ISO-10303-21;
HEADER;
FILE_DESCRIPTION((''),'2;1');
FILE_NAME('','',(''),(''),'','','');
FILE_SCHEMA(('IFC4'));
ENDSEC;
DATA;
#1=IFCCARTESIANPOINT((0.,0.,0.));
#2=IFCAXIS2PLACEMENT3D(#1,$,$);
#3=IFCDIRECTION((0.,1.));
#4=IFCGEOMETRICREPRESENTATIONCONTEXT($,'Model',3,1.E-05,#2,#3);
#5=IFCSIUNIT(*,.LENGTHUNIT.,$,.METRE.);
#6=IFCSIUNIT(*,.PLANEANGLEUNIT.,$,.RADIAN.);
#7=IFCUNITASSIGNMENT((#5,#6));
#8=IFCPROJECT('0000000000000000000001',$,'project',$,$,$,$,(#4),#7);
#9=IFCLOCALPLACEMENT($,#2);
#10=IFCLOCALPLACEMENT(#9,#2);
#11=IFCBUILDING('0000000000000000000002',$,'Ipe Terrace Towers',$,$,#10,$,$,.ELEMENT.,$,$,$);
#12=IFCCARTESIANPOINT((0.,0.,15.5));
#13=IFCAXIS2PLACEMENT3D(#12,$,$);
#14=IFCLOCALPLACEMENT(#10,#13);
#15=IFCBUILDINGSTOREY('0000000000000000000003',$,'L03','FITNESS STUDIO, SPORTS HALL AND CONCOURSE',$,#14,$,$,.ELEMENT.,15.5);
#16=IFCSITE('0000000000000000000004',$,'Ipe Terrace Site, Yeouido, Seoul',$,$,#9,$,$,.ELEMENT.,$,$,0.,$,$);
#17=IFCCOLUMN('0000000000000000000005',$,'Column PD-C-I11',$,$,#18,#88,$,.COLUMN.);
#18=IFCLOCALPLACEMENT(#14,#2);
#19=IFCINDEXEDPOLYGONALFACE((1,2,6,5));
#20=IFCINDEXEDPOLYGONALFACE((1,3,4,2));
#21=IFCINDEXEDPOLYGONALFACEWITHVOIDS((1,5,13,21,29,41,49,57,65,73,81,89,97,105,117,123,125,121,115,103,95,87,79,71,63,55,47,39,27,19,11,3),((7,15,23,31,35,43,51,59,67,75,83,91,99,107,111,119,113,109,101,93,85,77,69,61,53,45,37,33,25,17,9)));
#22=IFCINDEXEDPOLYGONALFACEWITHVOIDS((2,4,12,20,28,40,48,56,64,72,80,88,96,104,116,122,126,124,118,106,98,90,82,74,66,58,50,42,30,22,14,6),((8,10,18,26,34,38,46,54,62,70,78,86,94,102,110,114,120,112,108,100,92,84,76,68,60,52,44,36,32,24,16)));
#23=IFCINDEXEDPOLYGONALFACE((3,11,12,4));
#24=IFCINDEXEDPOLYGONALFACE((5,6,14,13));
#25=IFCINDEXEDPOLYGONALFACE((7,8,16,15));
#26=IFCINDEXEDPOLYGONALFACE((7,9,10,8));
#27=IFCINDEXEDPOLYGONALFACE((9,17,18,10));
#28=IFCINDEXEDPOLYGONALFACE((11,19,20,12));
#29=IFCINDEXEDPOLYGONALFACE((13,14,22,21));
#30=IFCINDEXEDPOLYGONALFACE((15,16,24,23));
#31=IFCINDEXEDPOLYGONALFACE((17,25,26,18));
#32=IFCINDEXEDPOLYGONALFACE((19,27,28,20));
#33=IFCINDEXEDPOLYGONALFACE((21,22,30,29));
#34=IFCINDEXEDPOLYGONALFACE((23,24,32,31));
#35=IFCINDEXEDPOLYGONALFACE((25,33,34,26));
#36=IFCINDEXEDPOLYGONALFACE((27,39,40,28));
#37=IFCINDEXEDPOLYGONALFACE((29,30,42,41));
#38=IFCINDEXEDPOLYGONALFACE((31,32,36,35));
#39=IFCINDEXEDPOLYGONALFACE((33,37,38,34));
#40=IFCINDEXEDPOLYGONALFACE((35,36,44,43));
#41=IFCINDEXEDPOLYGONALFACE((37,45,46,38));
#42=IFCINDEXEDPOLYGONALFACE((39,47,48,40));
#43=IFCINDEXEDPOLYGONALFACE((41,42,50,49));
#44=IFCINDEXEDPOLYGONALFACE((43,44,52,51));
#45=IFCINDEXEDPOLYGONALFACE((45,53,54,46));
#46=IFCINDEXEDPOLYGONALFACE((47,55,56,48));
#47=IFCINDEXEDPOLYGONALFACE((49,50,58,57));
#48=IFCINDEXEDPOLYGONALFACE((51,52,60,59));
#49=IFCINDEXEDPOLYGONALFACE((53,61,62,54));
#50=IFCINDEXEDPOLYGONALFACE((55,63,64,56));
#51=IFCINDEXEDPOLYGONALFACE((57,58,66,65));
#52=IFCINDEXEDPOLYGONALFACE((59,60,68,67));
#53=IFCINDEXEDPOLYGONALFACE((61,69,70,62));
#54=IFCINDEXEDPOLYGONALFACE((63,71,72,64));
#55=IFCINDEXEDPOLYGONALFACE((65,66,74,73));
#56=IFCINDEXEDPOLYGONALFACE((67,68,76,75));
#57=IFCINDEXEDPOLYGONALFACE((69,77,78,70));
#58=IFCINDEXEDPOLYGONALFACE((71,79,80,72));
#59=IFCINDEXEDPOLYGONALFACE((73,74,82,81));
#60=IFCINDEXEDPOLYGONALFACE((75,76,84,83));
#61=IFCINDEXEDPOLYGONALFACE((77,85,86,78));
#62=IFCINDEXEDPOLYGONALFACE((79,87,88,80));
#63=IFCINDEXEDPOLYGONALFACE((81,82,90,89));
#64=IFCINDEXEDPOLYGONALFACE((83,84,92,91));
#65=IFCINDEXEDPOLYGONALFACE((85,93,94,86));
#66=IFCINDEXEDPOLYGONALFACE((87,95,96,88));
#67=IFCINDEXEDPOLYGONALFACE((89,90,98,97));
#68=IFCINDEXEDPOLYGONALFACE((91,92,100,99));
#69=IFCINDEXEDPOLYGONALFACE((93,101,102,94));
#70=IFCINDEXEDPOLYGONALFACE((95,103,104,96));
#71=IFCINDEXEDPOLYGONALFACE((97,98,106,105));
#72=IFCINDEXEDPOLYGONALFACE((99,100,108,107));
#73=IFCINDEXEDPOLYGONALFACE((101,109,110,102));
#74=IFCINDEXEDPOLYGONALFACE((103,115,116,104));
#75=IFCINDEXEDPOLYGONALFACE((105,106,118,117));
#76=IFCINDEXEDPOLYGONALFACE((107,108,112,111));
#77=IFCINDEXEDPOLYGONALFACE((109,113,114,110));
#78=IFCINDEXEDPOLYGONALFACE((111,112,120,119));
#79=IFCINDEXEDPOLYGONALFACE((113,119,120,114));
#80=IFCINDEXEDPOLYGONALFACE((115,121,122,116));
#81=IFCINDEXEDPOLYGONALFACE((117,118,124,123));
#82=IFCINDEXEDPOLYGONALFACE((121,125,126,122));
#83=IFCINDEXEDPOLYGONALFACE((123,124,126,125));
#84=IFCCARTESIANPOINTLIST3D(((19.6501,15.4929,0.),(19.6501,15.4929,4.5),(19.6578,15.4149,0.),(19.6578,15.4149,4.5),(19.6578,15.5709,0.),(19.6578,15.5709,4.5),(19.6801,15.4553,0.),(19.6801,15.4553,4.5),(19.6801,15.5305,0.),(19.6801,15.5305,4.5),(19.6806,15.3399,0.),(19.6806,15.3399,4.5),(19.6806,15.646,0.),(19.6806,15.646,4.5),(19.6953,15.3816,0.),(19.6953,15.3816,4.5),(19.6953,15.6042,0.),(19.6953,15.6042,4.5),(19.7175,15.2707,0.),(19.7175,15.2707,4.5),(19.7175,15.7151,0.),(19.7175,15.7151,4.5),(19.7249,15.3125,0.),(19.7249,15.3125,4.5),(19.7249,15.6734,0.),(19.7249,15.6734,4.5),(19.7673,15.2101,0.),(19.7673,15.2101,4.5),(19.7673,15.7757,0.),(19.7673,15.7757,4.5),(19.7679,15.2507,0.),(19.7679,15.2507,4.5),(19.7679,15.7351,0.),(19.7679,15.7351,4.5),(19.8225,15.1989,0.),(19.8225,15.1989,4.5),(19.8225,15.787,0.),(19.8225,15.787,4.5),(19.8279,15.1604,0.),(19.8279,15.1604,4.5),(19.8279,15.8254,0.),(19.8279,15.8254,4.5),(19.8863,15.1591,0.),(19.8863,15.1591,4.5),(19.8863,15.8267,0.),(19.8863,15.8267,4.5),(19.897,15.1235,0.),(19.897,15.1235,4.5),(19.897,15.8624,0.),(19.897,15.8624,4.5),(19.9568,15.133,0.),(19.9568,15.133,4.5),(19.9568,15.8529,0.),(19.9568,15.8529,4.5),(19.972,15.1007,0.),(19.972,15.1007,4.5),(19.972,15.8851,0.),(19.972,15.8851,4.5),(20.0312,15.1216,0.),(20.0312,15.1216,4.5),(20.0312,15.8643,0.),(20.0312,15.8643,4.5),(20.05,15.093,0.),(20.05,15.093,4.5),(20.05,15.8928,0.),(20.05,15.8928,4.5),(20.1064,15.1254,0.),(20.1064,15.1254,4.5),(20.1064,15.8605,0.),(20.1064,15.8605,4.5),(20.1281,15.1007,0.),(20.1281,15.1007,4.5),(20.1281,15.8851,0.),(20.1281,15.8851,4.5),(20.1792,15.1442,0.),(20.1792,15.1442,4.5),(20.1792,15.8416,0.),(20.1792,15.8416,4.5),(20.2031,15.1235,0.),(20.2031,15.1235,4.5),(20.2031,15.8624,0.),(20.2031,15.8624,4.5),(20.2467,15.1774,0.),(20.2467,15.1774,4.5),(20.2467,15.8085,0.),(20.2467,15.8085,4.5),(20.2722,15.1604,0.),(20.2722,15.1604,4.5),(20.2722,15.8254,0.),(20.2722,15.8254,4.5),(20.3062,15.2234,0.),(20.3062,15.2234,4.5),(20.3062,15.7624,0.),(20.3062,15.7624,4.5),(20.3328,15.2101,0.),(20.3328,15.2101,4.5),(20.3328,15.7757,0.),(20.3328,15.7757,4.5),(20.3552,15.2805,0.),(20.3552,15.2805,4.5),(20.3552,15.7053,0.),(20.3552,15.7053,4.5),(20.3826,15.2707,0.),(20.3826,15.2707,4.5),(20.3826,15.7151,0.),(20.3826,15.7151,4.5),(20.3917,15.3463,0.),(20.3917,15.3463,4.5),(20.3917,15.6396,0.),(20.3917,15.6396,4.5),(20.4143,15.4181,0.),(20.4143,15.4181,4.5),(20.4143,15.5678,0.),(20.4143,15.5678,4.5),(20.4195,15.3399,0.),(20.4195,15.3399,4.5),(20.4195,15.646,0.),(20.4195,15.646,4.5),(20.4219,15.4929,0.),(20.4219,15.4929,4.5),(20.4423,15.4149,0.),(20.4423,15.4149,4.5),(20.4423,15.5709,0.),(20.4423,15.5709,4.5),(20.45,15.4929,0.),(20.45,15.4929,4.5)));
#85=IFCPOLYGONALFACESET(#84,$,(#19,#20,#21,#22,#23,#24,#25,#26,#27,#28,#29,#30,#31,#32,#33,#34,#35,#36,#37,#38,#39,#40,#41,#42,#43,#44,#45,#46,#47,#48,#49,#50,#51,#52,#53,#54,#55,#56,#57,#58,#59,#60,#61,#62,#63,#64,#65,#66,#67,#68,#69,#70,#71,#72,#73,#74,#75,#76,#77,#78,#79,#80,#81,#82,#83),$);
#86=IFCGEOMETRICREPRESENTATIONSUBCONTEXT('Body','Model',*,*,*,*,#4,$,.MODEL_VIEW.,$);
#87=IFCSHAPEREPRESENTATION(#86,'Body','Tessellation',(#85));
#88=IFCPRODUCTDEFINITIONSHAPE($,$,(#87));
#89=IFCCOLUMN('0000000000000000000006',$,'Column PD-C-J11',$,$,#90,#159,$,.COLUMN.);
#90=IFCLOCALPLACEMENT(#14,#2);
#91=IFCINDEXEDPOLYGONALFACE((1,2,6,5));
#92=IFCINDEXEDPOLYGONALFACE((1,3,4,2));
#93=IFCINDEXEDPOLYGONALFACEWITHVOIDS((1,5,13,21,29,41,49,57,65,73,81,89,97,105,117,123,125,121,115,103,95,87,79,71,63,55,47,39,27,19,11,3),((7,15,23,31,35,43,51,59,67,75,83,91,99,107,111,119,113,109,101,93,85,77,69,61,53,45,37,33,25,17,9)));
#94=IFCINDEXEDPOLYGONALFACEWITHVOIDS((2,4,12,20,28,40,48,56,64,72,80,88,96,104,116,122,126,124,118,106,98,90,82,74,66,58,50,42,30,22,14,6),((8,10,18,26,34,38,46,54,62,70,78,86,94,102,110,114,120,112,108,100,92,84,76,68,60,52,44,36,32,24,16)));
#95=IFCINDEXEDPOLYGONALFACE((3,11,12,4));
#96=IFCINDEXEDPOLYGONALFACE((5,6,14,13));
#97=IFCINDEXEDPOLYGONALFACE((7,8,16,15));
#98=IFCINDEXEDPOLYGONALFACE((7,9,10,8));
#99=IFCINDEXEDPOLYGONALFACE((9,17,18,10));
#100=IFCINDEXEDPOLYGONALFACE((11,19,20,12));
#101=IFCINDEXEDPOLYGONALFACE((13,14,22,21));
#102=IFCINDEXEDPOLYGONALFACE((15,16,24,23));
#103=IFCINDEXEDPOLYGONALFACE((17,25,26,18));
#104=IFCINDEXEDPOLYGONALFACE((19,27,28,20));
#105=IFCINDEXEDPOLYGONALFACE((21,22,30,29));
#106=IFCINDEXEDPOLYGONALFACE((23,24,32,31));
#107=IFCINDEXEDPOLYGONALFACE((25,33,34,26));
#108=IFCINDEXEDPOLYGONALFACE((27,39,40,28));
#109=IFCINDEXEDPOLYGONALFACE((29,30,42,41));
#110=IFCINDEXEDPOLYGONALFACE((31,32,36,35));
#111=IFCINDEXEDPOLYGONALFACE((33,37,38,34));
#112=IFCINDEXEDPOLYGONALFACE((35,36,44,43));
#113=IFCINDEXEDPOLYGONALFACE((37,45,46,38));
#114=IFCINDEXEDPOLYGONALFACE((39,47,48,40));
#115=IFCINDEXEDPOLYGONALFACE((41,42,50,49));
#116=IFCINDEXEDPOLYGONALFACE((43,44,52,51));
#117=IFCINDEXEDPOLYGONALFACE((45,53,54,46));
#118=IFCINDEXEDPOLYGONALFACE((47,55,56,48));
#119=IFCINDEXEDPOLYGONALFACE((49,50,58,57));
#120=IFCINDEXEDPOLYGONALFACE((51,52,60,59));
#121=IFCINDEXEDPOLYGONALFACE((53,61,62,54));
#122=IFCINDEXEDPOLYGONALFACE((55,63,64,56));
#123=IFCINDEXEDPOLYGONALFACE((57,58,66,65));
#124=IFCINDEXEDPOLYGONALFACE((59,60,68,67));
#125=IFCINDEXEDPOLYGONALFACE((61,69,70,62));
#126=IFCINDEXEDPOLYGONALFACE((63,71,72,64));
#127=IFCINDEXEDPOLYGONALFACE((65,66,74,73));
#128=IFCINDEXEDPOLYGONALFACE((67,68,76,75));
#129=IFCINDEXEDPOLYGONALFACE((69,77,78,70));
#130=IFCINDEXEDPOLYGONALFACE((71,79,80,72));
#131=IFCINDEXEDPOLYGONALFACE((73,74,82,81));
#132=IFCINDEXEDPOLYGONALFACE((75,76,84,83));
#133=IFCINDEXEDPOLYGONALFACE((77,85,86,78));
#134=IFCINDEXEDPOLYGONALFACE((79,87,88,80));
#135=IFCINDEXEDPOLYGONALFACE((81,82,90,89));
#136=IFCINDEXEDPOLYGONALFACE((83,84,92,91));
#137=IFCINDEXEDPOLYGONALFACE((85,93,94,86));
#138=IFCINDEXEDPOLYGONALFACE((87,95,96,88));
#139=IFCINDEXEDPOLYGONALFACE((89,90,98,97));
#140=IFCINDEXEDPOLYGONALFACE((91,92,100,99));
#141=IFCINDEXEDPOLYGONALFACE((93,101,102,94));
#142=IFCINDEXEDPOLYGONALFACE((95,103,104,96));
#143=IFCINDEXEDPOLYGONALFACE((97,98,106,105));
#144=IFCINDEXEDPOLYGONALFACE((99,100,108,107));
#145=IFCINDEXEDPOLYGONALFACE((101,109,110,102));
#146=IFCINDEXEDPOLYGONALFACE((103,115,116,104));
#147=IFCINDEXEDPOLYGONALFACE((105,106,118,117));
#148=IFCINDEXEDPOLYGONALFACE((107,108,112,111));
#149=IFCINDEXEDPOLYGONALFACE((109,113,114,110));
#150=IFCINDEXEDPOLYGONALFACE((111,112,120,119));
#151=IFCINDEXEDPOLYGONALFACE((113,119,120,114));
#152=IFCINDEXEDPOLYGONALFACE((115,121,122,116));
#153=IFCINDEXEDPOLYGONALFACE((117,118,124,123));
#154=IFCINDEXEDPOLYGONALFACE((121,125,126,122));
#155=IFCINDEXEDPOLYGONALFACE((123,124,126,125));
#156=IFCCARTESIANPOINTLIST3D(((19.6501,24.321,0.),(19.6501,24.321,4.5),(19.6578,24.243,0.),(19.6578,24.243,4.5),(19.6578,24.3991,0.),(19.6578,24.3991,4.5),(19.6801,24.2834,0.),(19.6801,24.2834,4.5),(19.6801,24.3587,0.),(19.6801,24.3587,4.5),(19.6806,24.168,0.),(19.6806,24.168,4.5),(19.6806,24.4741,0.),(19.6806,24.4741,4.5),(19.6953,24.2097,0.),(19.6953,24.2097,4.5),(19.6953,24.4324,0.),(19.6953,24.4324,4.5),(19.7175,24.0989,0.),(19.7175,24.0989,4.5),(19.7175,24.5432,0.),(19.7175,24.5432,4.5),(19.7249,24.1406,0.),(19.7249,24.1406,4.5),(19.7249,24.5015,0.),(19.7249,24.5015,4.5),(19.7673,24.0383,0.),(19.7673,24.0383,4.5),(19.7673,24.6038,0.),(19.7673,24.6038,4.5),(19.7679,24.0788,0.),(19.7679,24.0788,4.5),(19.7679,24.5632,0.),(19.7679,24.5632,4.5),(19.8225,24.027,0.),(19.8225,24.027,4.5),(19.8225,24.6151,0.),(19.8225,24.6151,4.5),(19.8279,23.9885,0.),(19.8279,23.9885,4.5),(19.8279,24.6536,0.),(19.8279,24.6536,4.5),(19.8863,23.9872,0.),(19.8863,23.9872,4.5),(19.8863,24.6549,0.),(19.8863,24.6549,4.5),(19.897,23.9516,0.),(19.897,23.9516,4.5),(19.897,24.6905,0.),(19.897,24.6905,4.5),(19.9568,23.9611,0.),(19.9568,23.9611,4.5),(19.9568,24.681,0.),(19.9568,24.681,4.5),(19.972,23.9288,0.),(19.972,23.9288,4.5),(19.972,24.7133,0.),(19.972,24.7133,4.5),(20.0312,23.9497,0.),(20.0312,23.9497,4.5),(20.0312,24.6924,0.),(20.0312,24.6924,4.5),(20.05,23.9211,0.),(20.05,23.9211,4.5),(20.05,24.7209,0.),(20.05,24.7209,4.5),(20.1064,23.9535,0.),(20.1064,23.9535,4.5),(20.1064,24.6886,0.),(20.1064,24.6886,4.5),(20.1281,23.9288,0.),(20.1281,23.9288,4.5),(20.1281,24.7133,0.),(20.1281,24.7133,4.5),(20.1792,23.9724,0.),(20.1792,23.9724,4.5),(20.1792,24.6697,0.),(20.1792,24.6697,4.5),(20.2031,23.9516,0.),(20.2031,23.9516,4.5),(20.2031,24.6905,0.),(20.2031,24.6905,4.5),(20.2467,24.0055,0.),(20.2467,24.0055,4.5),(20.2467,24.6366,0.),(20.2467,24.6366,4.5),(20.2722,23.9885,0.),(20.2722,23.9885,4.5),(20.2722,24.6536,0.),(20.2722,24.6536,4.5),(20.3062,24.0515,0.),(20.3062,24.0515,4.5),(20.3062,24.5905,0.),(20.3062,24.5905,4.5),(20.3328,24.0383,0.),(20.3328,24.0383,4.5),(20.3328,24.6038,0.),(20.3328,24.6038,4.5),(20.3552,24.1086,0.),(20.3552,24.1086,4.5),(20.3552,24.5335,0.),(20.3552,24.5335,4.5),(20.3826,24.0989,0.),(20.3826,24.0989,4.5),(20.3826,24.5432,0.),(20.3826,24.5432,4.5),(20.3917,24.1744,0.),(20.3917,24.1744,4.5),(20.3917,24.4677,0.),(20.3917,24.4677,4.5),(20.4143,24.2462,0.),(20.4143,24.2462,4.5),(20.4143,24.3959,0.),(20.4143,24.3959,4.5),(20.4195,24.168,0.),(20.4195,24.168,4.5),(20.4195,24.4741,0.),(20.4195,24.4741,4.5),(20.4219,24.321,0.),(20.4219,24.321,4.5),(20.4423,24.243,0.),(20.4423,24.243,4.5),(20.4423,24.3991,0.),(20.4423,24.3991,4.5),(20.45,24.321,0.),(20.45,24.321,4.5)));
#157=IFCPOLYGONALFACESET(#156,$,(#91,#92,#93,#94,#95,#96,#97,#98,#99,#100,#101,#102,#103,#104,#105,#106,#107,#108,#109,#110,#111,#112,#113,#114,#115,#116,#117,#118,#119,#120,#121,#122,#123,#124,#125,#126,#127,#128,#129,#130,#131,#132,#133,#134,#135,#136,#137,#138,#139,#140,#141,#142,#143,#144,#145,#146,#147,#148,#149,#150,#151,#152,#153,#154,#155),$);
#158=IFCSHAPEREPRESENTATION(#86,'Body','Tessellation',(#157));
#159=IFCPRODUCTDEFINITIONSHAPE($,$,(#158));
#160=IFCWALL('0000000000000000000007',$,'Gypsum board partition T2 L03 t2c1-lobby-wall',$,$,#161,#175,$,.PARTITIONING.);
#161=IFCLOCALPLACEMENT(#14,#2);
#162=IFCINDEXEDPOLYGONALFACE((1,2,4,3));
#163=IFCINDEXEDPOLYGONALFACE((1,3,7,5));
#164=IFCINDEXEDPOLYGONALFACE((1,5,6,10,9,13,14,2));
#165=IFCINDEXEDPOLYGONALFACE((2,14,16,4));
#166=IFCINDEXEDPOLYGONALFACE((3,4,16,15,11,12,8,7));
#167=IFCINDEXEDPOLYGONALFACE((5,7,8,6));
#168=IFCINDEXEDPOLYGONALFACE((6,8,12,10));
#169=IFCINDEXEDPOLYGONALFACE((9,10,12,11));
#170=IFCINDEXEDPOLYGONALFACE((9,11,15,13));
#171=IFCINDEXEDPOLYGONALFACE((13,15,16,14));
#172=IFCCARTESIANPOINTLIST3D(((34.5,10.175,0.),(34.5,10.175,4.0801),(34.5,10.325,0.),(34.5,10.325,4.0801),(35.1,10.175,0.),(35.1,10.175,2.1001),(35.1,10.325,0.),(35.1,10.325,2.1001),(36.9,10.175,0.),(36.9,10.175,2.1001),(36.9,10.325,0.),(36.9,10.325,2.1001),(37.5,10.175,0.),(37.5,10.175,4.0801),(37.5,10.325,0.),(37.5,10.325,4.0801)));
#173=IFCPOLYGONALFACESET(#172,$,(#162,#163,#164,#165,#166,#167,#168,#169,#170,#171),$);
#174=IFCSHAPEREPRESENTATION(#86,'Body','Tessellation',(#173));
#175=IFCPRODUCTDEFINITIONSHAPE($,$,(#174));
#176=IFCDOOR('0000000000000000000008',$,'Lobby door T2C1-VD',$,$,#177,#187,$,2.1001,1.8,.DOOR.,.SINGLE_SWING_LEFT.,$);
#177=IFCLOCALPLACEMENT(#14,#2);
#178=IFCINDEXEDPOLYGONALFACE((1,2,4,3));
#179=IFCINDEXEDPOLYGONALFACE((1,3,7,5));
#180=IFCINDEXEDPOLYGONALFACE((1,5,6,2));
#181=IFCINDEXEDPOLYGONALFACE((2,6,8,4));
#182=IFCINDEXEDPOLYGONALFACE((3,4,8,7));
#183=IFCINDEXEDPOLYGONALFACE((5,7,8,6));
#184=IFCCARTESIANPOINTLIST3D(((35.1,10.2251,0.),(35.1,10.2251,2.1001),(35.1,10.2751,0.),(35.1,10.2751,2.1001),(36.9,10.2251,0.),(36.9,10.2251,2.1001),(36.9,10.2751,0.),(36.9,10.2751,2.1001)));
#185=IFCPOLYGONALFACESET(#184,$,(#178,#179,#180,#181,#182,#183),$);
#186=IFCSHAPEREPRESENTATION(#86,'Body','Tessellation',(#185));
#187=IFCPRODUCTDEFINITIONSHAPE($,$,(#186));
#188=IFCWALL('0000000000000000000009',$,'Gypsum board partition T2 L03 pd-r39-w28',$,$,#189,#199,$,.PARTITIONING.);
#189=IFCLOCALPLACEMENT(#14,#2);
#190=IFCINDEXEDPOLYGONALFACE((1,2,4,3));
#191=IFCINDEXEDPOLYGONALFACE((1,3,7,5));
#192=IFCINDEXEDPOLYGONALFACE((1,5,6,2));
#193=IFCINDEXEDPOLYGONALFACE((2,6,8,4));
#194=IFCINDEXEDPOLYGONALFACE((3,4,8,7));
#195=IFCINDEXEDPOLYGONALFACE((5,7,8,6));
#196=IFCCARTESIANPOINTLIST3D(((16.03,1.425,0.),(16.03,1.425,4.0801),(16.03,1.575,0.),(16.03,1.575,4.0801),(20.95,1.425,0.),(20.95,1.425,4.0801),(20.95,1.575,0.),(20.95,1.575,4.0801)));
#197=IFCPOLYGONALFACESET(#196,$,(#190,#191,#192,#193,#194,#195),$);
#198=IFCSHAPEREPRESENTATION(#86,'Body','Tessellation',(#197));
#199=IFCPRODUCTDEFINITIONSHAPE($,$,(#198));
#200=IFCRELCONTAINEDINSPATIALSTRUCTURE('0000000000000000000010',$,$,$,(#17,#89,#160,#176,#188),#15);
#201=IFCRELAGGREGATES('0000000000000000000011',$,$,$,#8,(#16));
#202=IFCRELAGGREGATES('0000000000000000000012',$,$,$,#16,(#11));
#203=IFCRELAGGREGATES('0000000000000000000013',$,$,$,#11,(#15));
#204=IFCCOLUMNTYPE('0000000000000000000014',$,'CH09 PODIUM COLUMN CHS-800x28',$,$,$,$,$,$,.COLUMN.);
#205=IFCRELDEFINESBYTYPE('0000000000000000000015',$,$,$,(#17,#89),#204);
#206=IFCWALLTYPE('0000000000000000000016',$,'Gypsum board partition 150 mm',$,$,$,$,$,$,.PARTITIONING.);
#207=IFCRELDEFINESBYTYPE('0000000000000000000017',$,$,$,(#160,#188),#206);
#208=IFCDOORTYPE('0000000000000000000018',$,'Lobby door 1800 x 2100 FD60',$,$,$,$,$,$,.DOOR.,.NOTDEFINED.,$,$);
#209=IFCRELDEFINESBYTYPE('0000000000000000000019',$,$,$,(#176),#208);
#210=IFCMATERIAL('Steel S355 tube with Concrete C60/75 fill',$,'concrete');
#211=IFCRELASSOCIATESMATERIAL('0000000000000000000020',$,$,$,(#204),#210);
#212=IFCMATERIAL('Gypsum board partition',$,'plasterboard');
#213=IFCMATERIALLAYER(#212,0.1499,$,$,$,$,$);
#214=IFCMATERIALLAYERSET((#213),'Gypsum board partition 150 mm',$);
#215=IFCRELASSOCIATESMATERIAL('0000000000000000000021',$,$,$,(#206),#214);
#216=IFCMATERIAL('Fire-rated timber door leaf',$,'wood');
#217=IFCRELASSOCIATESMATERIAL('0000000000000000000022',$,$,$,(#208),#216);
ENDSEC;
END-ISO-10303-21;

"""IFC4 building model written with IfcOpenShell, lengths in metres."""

from ifc_helpers import new_model, si_unit, direction, frame, frame_2d, origin, origin_2d, place, context, subcontext, project, spatial, rectangle, hollow_circle, extrude, material, layer, layer_set, material_profile, profile_set, type_object, element, fill, save


model = new_model("IFC4")

# Units and contexts
model_context = context("Model", 3, precision=1e-05, world=origin(), true_north=direction((0.0, 1.0)))
body_context = subcontext(model_context, "Body", "Model", "MODEL_VIEW")
ifc_project = project(units=[si_unit("LENGTHUNIT", "METRE"), si_unit("PLANEANGLEUNIT", "RADIAN")], contexts=[model_context])

# Site, building, storey
site_placement = place(None, origin())
site = spatial("IfcSite", under=ifc_project, at=site_placement, Name="Ipe Terrace Site, Yeouido, Seoul", CompositionType="ELEMENT", RefElevation=0.0)
building_placement = place(site_placement, origin())
building = spatial("IfcBuilding", under=site, at=building_placement, Name="Ipe Terrace Towers", CompositionType="ELEMENT")
storey_placement = place(building_placement, frame((0.0, 0.0, 15.5)))
storey = spatial("IfcBuildingStorey", under=building, at=storey_placement, Name="L03", Description="FITNESS STUDIO, SPORTS HALL AND CONCOURSE", CompositionType="ELEMENT", Elevation=15.5)

# Columns
ifc_material_1 = material(Name="Steel S355 tube with Concrete C60/75 fill", Category="concrete")
ifc_material_profile_1 = material_profile(ifc_material_1, hollow_circle(Radius=0.3999, WallThickness=0.0281, at=origin_2d()), Name="CHS-800x28")
ifc_profile_set_1 = profile_set([ifc_material_profile_1], Name="Steel S355 tube with Concrete C60/75 fill")
column_type_1 = type_object("IfcColumnType", Name="CH09 PODIUM COLUMN CHS-800x28", PredefinedType="COLUMN", material=ifc_profile_set_1)
for number, where, z_axis, x_axis, name in (
    (1, (20.05, 15.4929, 0.0), (0.0, 0.0, 1.0), (1.0, 0.0, 0.0), "Column PD-C-I11"),
    (2, (20.05, 24.321, 0.0), (0.0, 0.0, 1.0), (1.0, 0.0, 0.0), "Column PD-C-J11"),
):
    element("IfcColumn", number, at=place(storey_placement, frame(where, z_axis=z_axis, x_axis=x_axis)), inside=storey, type_object=column_type_1, Name=name, PredefinedType="COLUMN", context=body_context, shape_type="SweptSolid", body=[
        extrude(hollow_circle(Radius=0.3999, WallThickness=0.0281, at=origin_2d()), origin(), (0.0, 0.0, 1.0), 4.5),
    ])

# Wall, opening, door
ifc_material_2 = material(Name="Gypsum board partition", Category="plasterboard")
ifc_layer_1 = layer(ifc_material_2, 0.1499)
ifc_layer_set_1 = layer_set([ifc_layer_1], Name="Gypsum board partition 150 mm")
wall_type_1 = type_object("IfcWallType", Name="Gypsum board partition 150 mm", PredefinedType="PARTITIONING", material=ifc_layer_set_1)
wall_1_placement = place(storey_placement, frame((37.5, 10.25, 0.0), z_axis=(0.0, 0.0, 1.0), x_axis=(-1.0, 0.0, 0.0)))
wall_1 = element("IfcWall", 3, at=wall_1_placement, inside=storey, type_object=wall_type_1, Name="Gypsum board partition T2 L03 t2c1-lobby-wall", PredefinedType="PARTITIONING", context=body_context, shape_type="SweptSolid", body=[
    extrude(rectangle(XDim=3.0, YDim=0.1499, at=frame_2d((1.5, 0.0))), origin(), (0.0, 0.0, 1.0), 4.0801),
])
opening_1_placement = place(wall_1_placement, frame((0.6001, 0.0, 0.0)))
opening_1 = element("IfcOpeningElement", 4, at=opening_1_placement, cuts=wall_1, PredefinedType="OPENING", context=body_context, shape_type="SweptSolid", body=[
    extrude(rectangle(XDim=1.8, YDim=2.1001, at=frame_2d((0.8999, 1.05))), frame((0.0, 0.085, 0.0), z_axis=(0.0, -1.0, 0.0), x_axis=(1.0, 0.0, 0.0)), (0.0, 0.0, 1.0), 0.1699),
])
ifc_material_3 = material(Name="Fire-rated timber door leaf", Category="wood")
door_type_1 = type_object("IfcDoorType", Name="Lobby door 1800 x 2100 FD60", OperationType="NOTDEFINED", PredefinedType="DOOR", material=ifc_material_3)
door_1_placement = place(opening_1_placement, origin())
door_1 = element("IfcDoor", 5, at=door_1_placement, inside=storey, type_object=door_type_1, Name="Lobby door T2C1-VD", OperationType="SINGLE_SWING_LEFT", OverallHeight=2.1001, OverallWidth=1.8, PredefinedType="DOOR", context=body_context, shape_type="SweptSolid", body=[
    extrude(rectangle(XDim=1.8, YDim=2.1001, at=frame_2d((0.8999, 1.05))), frame((0.0, 0.0249, 0.0), z_axis=(0.0, -1.0, 0.0), x_axis=(1.0, 0.0, 0.0)), (0.0, 0.0, 1.0), 0.05),
])
fill(opening_1, door_1)

# Wall
wall_2_placement = place(storey_placement, frame((20.95, 1.5, 0.0), z_axis=(0.0, 0.0, 1.0), x_axis=(-1.0, 0.0, 0.0)))
element("IfcWall", 6, at=wall_2_placement, inside=storey, type_object=wall_type_1, Name="Gypsum board partition T2 L03 pd-r39-w28", PredefinedType="PARTITIONING", context=body_context, shape_type="SweptSolid", body=[
    extrude(rectangle(XDim=4.9199, YDim=0.1499, at=frame_2d((2.46, 0.0))), origin(), (0.0, 0.0, 1.0), 4.0801),
])

save(model, "model.ifc")
